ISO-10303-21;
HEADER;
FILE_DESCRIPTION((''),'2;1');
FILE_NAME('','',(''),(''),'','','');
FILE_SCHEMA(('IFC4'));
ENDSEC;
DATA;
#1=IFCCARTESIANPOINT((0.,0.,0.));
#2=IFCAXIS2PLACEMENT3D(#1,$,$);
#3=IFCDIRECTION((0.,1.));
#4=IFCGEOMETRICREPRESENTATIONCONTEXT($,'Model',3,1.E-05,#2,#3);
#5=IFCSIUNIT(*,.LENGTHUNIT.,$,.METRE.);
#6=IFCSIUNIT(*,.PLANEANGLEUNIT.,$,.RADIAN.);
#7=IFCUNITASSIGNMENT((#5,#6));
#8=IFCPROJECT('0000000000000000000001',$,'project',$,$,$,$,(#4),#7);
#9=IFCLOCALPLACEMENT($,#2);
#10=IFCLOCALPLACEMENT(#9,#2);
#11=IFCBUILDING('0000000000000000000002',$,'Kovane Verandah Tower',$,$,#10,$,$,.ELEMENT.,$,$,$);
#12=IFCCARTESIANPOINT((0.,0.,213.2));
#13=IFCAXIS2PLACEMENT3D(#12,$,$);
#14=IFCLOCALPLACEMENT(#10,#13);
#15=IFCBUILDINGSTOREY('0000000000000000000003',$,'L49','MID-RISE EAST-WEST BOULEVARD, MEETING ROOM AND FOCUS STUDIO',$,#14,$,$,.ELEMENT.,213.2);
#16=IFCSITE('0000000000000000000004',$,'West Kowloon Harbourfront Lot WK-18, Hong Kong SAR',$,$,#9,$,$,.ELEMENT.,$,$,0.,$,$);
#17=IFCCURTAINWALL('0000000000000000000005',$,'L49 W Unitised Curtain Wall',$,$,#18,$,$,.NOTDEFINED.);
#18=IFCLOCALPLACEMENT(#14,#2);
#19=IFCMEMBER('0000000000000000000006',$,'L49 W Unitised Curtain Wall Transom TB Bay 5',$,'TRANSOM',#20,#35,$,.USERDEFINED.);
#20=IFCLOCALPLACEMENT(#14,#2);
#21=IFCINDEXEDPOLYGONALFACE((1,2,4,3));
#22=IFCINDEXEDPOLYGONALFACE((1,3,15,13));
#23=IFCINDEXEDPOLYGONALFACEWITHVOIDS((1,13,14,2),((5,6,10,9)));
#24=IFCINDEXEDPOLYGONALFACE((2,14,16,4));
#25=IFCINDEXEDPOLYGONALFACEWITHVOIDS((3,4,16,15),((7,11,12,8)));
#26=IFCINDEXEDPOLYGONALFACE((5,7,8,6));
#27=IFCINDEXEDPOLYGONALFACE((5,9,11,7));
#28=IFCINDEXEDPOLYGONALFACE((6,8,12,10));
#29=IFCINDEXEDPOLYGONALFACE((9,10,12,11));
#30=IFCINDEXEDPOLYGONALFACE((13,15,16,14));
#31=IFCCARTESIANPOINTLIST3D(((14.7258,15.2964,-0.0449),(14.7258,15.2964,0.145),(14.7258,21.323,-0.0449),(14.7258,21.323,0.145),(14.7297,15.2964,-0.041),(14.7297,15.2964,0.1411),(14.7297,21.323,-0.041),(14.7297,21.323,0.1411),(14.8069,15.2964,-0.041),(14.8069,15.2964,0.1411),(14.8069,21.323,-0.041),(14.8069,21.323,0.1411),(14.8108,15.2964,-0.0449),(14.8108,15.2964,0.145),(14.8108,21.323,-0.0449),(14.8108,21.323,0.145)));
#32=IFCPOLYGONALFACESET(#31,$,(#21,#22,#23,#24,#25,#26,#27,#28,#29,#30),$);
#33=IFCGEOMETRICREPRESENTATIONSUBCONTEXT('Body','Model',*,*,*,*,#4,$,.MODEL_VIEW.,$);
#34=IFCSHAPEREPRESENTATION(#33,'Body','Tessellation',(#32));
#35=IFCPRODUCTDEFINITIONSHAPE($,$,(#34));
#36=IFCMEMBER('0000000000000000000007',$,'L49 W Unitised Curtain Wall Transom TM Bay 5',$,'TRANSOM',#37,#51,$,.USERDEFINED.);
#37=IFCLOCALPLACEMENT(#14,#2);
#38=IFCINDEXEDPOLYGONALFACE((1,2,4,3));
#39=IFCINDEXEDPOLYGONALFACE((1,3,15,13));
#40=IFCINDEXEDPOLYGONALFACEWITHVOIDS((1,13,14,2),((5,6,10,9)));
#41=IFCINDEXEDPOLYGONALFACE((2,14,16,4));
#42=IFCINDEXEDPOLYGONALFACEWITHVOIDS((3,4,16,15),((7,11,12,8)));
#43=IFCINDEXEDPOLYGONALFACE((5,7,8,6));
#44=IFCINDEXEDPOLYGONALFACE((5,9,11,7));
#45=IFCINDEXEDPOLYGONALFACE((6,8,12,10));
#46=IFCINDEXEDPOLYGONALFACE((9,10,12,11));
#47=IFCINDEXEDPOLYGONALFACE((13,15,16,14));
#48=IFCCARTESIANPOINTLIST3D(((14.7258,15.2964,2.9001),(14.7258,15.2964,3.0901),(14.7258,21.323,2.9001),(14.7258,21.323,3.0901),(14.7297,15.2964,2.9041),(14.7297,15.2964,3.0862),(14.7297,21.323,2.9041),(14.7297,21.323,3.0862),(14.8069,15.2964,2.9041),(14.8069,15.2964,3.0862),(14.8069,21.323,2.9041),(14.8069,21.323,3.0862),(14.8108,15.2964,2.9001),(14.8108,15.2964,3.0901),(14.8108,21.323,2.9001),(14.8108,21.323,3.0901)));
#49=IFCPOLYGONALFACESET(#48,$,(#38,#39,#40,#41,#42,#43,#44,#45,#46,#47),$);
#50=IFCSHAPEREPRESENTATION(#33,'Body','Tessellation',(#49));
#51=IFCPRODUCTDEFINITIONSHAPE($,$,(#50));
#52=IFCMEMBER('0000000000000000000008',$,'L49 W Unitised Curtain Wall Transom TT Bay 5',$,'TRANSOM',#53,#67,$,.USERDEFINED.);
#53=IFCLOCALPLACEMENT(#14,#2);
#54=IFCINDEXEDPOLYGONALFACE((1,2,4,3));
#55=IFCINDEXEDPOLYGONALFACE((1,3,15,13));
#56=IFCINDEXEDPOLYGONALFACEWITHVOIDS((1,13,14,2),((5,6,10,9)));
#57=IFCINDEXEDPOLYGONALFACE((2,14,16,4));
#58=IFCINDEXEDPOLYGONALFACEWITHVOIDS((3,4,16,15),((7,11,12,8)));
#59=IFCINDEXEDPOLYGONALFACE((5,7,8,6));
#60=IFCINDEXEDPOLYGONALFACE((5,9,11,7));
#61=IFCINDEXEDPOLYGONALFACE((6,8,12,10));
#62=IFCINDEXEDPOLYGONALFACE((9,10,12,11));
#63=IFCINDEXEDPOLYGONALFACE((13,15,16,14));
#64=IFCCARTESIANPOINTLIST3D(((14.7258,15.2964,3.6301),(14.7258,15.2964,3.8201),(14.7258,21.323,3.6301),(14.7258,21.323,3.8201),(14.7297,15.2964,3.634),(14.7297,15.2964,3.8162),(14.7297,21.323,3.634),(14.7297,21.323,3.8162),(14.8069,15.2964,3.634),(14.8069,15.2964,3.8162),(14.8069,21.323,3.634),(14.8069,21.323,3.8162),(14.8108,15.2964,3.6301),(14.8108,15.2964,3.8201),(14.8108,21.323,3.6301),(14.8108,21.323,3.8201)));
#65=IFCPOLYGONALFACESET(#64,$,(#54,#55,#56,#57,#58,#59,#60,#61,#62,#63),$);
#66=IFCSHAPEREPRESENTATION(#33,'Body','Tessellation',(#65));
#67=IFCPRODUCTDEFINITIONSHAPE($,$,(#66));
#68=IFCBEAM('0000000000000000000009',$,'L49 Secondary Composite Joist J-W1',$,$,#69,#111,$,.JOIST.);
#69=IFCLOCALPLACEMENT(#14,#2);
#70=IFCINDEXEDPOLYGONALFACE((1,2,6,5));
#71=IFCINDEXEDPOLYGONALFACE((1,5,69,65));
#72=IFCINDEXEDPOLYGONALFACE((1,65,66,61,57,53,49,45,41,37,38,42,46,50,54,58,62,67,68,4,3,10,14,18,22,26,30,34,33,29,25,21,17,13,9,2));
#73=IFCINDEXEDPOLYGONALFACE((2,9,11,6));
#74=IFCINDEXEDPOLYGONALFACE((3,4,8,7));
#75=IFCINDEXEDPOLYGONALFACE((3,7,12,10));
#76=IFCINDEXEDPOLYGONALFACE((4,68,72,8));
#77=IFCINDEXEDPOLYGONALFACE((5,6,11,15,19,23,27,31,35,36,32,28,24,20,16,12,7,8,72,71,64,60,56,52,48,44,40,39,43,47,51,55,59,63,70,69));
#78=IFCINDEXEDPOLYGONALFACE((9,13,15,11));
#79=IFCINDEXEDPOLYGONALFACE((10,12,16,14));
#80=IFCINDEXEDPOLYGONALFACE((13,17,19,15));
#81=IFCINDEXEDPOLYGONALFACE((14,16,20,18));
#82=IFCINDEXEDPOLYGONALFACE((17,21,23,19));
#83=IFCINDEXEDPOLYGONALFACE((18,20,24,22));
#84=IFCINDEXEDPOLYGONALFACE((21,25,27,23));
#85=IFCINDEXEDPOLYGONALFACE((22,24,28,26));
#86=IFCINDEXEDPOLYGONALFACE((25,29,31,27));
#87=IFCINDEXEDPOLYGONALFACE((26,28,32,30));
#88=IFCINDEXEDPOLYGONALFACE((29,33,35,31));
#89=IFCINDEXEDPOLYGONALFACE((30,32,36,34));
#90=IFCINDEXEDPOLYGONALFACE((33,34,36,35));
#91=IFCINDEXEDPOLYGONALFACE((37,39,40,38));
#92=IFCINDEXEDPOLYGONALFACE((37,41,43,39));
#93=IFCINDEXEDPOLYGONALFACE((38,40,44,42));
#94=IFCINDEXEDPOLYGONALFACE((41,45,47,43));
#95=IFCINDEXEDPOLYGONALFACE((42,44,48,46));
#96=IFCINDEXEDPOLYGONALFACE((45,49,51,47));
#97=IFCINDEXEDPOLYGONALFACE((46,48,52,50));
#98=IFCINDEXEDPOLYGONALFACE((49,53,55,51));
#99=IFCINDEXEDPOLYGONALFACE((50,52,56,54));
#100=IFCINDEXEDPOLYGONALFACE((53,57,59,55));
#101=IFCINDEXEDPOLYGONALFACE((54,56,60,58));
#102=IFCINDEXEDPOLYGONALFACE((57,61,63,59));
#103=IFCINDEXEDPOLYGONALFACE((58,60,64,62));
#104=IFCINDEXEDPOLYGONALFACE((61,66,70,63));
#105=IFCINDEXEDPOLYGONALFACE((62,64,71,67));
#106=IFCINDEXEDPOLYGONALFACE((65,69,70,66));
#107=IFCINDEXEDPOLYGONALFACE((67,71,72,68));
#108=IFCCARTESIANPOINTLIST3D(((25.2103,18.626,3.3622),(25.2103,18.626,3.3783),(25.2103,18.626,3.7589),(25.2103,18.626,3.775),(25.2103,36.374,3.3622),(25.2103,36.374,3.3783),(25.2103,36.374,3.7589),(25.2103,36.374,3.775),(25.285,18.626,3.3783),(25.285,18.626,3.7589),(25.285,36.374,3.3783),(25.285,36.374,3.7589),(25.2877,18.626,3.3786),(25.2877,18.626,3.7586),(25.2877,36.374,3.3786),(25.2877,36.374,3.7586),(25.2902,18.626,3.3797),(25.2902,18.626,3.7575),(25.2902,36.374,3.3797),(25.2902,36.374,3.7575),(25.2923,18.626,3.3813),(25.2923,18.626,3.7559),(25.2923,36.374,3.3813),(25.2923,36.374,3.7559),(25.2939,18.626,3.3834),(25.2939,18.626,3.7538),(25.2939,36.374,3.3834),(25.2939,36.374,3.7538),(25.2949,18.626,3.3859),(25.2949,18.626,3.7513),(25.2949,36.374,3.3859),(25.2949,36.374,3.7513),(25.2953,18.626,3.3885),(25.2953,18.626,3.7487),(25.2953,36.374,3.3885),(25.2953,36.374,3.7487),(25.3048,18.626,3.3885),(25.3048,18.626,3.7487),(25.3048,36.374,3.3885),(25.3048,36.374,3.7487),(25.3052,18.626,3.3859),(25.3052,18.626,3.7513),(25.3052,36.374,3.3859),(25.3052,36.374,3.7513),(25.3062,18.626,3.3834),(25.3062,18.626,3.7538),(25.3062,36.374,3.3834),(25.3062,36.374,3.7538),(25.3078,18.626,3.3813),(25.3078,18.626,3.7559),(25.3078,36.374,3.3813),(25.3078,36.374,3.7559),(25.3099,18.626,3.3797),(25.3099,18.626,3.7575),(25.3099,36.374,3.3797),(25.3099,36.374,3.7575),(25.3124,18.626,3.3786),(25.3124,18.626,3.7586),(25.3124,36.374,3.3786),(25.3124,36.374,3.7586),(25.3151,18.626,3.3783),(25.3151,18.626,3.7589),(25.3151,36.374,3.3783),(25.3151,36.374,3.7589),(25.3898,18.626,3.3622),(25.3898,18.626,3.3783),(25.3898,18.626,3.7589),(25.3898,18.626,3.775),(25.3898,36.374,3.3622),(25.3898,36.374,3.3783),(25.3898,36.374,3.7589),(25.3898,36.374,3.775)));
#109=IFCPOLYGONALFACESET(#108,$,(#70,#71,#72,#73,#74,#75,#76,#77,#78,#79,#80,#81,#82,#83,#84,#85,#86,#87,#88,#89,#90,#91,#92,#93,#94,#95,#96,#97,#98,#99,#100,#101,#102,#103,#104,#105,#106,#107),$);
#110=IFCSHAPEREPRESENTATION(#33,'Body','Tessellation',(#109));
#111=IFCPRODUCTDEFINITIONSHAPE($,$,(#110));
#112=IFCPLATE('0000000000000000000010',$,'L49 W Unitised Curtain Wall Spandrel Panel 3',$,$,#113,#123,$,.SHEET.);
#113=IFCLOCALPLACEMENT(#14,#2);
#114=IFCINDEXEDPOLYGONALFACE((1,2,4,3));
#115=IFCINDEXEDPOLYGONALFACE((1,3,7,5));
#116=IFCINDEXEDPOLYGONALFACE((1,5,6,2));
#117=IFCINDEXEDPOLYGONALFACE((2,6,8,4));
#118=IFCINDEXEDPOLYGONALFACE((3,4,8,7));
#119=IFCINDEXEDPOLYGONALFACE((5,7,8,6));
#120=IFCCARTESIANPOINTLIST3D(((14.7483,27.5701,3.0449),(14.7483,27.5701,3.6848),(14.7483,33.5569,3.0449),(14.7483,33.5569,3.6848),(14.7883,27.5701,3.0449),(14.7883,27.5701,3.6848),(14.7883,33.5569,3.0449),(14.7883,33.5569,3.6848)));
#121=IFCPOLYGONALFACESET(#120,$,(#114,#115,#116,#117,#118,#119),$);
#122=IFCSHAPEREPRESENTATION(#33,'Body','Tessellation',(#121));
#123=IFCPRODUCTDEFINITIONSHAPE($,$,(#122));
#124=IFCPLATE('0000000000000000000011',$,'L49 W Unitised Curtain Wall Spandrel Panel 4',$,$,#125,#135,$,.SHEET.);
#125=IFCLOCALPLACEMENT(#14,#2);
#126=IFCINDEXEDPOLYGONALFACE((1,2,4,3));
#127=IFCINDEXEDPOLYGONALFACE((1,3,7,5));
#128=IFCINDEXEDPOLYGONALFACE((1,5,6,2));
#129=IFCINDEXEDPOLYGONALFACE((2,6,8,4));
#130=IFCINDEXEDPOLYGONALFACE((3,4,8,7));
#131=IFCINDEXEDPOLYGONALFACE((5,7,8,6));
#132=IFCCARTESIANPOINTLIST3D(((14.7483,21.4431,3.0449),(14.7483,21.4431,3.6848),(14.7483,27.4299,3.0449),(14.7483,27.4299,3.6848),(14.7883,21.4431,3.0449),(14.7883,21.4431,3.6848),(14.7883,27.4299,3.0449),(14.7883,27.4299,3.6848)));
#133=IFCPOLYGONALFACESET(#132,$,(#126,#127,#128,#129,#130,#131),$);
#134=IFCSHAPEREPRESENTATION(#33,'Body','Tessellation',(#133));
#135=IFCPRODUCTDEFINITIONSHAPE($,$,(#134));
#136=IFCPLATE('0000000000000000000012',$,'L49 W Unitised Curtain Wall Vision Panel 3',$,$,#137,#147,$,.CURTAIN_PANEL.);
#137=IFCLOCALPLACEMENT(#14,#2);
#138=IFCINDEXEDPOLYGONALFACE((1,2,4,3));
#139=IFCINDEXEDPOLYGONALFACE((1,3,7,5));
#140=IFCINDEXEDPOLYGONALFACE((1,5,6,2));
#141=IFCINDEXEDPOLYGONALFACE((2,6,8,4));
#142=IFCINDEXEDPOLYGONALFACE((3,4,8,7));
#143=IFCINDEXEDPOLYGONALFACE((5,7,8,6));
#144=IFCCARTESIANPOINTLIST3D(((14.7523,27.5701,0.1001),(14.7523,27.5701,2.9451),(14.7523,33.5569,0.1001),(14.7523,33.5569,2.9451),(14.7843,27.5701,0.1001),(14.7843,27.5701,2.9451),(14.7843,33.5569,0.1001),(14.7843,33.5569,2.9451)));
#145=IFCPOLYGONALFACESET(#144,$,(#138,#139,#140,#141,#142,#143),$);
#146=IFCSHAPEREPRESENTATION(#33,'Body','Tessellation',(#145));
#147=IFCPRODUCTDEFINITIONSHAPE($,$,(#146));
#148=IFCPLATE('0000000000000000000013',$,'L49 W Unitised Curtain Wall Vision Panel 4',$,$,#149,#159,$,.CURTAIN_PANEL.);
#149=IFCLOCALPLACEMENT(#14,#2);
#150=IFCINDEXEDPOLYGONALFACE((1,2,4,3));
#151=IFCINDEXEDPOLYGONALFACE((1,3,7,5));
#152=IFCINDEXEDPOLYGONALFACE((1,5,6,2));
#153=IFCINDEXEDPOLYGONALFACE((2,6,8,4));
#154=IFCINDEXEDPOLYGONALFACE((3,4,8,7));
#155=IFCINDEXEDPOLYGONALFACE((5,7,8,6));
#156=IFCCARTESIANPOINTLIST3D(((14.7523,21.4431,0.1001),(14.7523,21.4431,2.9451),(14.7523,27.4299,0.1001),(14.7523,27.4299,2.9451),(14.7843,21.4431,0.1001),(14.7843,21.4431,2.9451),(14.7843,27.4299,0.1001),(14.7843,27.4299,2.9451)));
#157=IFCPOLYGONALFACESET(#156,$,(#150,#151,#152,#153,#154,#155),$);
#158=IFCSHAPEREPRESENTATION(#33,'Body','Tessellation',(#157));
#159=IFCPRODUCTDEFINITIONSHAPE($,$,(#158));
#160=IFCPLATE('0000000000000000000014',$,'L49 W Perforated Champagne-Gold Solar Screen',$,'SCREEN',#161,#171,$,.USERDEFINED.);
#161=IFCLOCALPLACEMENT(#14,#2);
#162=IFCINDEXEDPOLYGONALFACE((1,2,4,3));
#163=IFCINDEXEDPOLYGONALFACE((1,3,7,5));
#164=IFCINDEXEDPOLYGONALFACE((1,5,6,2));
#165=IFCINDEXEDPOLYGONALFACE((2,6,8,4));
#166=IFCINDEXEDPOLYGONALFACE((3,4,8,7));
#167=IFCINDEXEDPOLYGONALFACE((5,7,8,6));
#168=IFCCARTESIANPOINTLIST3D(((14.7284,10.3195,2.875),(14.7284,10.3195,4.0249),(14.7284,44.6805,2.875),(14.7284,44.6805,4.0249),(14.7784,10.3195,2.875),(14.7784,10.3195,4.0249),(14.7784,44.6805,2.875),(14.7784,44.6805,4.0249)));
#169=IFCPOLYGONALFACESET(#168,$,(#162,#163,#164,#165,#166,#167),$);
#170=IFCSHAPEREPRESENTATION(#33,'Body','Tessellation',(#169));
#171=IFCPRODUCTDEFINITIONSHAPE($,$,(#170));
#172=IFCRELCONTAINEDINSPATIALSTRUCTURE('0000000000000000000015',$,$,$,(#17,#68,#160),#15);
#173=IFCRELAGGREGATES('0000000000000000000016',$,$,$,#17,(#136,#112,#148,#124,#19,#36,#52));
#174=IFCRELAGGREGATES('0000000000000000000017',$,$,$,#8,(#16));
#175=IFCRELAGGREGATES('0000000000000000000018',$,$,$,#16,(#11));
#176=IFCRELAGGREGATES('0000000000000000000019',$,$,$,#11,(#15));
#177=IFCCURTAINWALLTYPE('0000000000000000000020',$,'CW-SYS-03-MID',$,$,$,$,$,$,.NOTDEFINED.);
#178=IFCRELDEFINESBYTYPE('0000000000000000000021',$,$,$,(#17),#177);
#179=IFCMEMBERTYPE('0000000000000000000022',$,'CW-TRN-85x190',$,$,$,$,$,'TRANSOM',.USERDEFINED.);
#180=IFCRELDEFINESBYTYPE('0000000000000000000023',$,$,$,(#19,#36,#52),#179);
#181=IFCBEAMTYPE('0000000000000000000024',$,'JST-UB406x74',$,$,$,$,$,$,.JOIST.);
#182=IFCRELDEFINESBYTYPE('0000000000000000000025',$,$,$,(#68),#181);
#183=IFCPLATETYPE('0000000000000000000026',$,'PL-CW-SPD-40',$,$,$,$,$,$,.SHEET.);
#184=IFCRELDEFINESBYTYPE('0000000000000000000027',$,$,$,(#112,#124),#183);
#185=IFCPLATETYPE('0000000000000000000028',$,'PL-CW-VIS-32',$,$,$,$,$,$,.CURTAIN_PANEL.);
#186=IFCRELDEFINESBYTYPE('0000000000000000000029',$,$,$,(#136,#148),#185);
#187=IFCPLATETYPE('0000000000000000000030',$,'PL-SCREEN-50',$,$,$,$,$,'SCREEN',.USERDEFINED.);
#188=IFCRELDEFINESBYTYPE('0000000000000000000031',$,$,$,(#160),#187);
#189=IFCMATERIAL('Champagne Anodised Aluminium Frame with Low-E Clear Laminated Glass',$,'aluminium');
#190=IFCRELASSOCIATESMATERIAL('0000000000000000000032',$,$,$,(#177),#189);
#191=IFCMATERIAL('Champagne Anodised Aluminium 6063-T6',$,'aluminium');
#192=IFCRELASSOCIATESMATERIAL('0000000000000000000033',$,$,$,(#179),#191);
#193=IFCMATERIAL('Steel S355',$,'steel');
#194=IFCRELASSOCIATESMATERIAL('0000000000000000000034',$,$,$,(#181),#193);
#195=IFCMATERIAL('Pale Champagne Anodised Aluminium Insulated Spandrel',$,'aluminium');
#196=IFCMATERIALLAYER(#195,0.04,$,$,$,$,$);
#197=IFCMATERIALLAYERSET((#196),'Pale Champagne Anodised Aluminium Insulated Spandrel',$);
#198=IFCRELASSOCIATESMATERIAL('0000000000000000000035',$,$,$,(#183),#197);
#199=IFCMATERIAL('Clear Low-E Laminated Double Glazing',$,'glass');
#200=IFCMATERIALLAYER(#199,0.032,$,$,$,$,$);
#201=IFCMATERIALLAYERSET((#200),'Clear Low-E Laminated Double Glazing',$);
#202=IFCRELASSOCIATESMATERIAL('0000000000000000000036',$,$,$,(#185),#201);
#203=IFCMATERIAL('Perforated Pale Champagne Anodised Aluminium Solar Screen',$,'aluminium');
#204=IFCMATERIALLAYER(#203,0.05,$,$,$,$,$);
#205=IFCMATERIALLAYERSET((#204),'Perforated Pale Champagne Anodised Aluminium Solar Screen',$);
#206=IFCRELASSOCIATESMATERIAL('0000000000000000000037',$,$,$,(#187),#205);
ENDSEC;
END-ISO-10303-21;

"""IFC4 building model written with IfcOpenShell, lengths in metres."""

from ifc_helpers import new_model, si_unit, direction, frame, origin, origin_2d, place, context, subcontext, project, spatial, rectangle, hollow_rectangle, i_section, extrude, material, layer, layer_set, material_profile, profile_set, type_object, element, aggregate, save


model = new_model("IFC4")

# Units and contexts
model_context = context("Model", 3, precision=1e-05, world=origin(), true_north=direction((0.0, 1.0)))
body_context = subcontext(model_context, "Body", "Model", "MODEL_VIEW")
ifc_project = project(units=[si_unit("LENGTHUNIT", "METRE"), si_unit("PLANEANGLEUNIT", "RADIAN")], contexts=[model_context])

# Site, building, storey
site_placement = place(None, origin())
site = spatial("IfcSite", under=ifc_project, at=site_placement, Name="West Kowloon Harbourfront Lot WK-18, Hong Kong SAR", CompositionType="ELEMENT", RefElevation=0.0)
building_placement = place(site_placement, origin())
building = spatial("IfcBuilding", under=site, at=building_placement, Name="Kovane Verandah Tower", CompositionType="ELEMENT")
storey_placement = place(building_placement, frame((0.0, 0.0, 213.2)))
storey = spatial("IfcBuildingStorey", under=building, at=storey_placement, Name="L49", Description="MID-RISE EAST-WEST BOULEVARD, MEETING ROOM AND FOCUS STUDIO", CompositionType="ELEMENT", Elevation=213.2)

# Shared definitions
ifc_material_1 = material(Name="Steel S355", Category="steel")

# Curtain wall, members
ifc_material_2 = material(Name="Champagne Anodised Aluminium Frame with Low-E Clear Laminated Glass", Category="aluminium")
curtain_wall_type = type_object("IfcCurtainWallType", Name="CW-SYS-03-MID", PredefinedType="NOTDEFINED", material=ifc_material_2)
curtain_wall_placement = place(storey_placement, origin())
curtain_wall = element("IfcCurtainWall", 1, at=curtain_wall_placement, inside=storey, type_object=curtain_wall_type, Name="L49 W Unitised Curtain Wall", PredefinedType="NOTDEFINED")
ifc_material_3 = material(Name="Champagne Anodised Aluminium 6063-T6", Category="aluminium")
ifc_material_profile_1 = material_profile(ifc_material_3, hollow_rectangle(XDim=0.085, YDim=0.1899, WallThickness=0.0039, at=origin_2d()), Name="AL85x190x4")
ifc_profile_set_1 = profile_set([ifc_material_profile_1], Name="Champagne Anodised Aluminium 6063-T6")
member_type_1 = type_object("IfcMemberType", Name="CW-TRN-85x190", ElementType="TRANSOM", PredefinedType="USERDEFINED", material=ifc_profile_set_1)
member_1_placement = place(storey_placement, frame((14.7683, 21.323, 0.05), z_axis=(0.0, -1.0, 0.0), x_axis=(1.0, 0.0, 0.0)))
member_1 = element("IfcMember", 2, at=member_1_placement, type_object=member_type_1, Name="L49 W Unitised Curtain Wall Transom TB Bay 5", ObjectType="TRANSOM", PredefinedType="USERDEFINED", context=body_context, shape_type="SweptSolid", body=[
    extrude(hollow_rectangle(XDim=0.085, YDim=0.1899, WallThickness=0.0039, at=origin_2d()), origin(), (0.0, 0.0, 1.0), 6.0266),
])
member_2_placement = place(storey_placement, frame((14.7683, 21.323, 2.9951), z_axis=(0.0, -1.0, 0.0), x_axis=(1.0, 0.0, 0.0)))
member_2 = element("IfcMember", 3, at=member_2_placement, type_object=member_type_1, Name="L49 W Unitised Curtain Wall Transom TM Bay 5", ObjectType="TRANSOM", PredefinedType="USERDEFINED", context=body_context, shape_type="SweptSolid", body=[
    extrude(hollow_rectangle(XDim=0.085, YDim=0.1899, WallThickness=0.0039, at=origin_2d()), origin(), (0.0, 0.0, 1.0), 6.0266),
])
member_3_placement = place(storey_placement, frame((14.7683, 21.323, 3.7251), z_axis=(0.0, -1.0, 0.0), x_axis=(1.0, 0.0, 0.0)))
member_3 = element("IfcMember", 4, at=member_3_placement, type_object=member_type_1, Name="L49 W Unitised Curtain Wall Transom TT Bay 5", ObjectType="TRANSOM", PredefinedType="USERDEFINED", context=body_context, shape_type="SweptSolid", body=[
    extrude(hollow_rectangle(XDim=0.085, YDim=0.1899, WallThickness=0.0039, at=origin_2d()), origin(), (0.0, 0.0, 1.0), 6.0266),
])

# Beam
ifc_material_profile_2 = material_profile(ifc_material_1, i_section(OverallWidth=0.1794, OverallDepth=0.4128, WebThickness=0.0095, FlangeThickness=0.0161, FilletRadius=0.0103, at=origin_2d()), Name="UB406x178x74")
ifc_profile_set_2 = profile_set([ifc_material_profile_2], Name="Steel S355")
beam_type_1 = type_object("IfcBeamType", Name="JST-UB406x74", PredefinedType="JOIST", material=ifc_profile_set_2)
beam_1_placement = place(storey_placement, frame((25.3, 18.626, 3.5686), z_axis=(0.0, 1.0, 0.0), x_axis=(-1.0, 0.0, 0.0)))
element("IfcBeam", 5, at=beam_1_placement, inside=storey, type_object=beam_type_1, Name="L49 Secondary Composite Joist J-W1", PredefinedType="JOIST", context=body_context, shape_type="SweptSolid", body=[
    extrude(i_section(OverallWidth=0.1794, OverallDepth=0.4128, WebThickness=0.0095, FlangeThickness=0.0161, FilletRadius=0.0103, at=origin_2d()), origin(), (0.0, 0.0, 1.0), 17.748),
])

# Plates
ifc_material_4 = material(Name="Pale Champagne Anodised Aluminium Insulated Spandrel", Category="aluminium")
ifc_layer_1 = layer(ifc_material_4, 0.04)
ifc_layer_set_1 = layer_set([ifc_layer_1], Name="Pale Champagne Anodised Aluminium Insulated Spandrel")
plate_type_1 = type_object("IfcPlateType", Name="PL-CW-SPD-40", PredefinedType="SHEET", material=ifc_layer_set_1)
plate_1_placement = place(storey_placement, frame((14.7683, 30.5635, 3.0449), z_axis=(0.0, 0.0, 1.0), x_axis=(0.0, -1.0, 0.0)))
plate_1 = element("IfcPlate", 6, at=plate_1_placement, type_object=plate_type_1, Name="L49 W Unitised Curtain Wall Spandrel Panel 3", PredefinedType="SHEET", context=body_context, shape_type="SweptSolid", body=[
    extrude(rectangle(XDim=5.9868, YDim=0.04, at=origin_2d()), origin(), (0.0, 0.0, 1.0), 0.6399),
])
plate_2_placement = place(storey_placement, frame((14.7683, 24.4365, 3.0449), z_axis=(0.0, 0.0, 1.0), x_axis=(0.0, -1.0, 0.0)))
plate_2 = element("IfcPlate", 7, at=plate_2_placement, type_object=plate_type_1, Name="L49 W Unitised Curtain Wall Spandrel Panel 4", PredefinedType="SHEET", context=body_context, shape_type="SweptSolid", body=[
    extrude(rectangle(XDim=5.9868, YDim=0.04, at=origin_2d()), origin(), (0.0, 0.0, 1.0), 0.6399),
])
ifc_material_5 = material(Name="Clear Low-E Laminated Double Glazing", Category="glass")
ifc_layer_2 = layer(ifc_material_5, 0.032)
ifc_layer_set_2 = layer_set([ifc_layer_2], Name="Clear Low-E Laminated Double Glazing")
plate_type_2 = type_object("IfcPlateType", Name="PL-CW-VIS-32", PredefinedType="CURTAIN_PANEL", material=ifc_layer_set_2)
plate_3_placement = place(storey_placement, frame((14.7683, 30.5635, 0.1001), z_axis=(0.0, 0.0, 1.0), x_axis=(0.0, -1.0, 0.0)))
plate_3 = element("IfcPlate", 8, at=plate_3_placement, type_object=plate_type_2, Name="L49 W Unitised Curtain Wall Vision Panel 3", PredefinedType="CURTAIN_PANEL", context=body_context, shape_type="SweptSolid", body=[
    extrude(rectangle(XDim=5.9868, YDim=0.032, at=origin_2d()), origin(), (0.0, 0.0, 1.0), 2.845),
])
plate_4_placement = place(storey_placement, frame((14.7683, 24.4365, 0.1001), z_axis=(0.0, 0.0, 1.0), x_axis=(0.0, -1.0, 0.0)))
plate_4 = element("IfcPlate", 9, at=plate_4_placement, type_object=plate_type_2, Name="L49 W Unitised Curtain Wall Vision Panel 4", PredefinedType="CURTAIN_PANEL", context=body_context, shape_type="SweptSolid", body=[
    extrude(rectangle(XDim=5.9868, YDim=0.032, at=origin_2d()), origin(), (0.0, 0.0, 1.0), 2.845),
])
aggregate(curtain_wall, [plate_3, plate_1, plate_4, plate_2, member_1, member_2, member_3])
ifc_material_6 = material(Name="Perforated Pale Champagne Anodised Aluminium Solar Screen", Category="aluminium")
ifc_layer_3 = layer(ifc_material_6, 0.05)
ifc_layer_set_3 = layer_set([ifc_layer_3], Name="Perforated Pale Champagne Anodised Aluminium Solar Screen")
plate_type_3 = type_object("IfcPlateType", Name="PL-SCREEN-50", ElementType="SCREEN", PredefinedType="USERDEFINED", material=ifc_layer_set_3)
plate_5_placement = place(storey_placement, frame((14.7534, 27.5, 2.875), z_axis=(0.0, 0.0, 1.0), x_axis=(0.0, -1.0, 0.0)))
element("IfcPlate", 10, at=plate_5_placement, inside=storey, type_object=plate_type_3, Name="L49 W Perforated Champagne-Gold Solar Screen", ObjectType="SCREEN", PredefinedType="USERDEFINED", context=body_context, shape_type="SweptSolid", body=[
    extrude(rectangle(XDim=34.3611, YDim=0.05, at=origin_2d()), origin(), (0.0, 0.0, 1.0), 1.1499),
])

save(model, "model.ifc")
